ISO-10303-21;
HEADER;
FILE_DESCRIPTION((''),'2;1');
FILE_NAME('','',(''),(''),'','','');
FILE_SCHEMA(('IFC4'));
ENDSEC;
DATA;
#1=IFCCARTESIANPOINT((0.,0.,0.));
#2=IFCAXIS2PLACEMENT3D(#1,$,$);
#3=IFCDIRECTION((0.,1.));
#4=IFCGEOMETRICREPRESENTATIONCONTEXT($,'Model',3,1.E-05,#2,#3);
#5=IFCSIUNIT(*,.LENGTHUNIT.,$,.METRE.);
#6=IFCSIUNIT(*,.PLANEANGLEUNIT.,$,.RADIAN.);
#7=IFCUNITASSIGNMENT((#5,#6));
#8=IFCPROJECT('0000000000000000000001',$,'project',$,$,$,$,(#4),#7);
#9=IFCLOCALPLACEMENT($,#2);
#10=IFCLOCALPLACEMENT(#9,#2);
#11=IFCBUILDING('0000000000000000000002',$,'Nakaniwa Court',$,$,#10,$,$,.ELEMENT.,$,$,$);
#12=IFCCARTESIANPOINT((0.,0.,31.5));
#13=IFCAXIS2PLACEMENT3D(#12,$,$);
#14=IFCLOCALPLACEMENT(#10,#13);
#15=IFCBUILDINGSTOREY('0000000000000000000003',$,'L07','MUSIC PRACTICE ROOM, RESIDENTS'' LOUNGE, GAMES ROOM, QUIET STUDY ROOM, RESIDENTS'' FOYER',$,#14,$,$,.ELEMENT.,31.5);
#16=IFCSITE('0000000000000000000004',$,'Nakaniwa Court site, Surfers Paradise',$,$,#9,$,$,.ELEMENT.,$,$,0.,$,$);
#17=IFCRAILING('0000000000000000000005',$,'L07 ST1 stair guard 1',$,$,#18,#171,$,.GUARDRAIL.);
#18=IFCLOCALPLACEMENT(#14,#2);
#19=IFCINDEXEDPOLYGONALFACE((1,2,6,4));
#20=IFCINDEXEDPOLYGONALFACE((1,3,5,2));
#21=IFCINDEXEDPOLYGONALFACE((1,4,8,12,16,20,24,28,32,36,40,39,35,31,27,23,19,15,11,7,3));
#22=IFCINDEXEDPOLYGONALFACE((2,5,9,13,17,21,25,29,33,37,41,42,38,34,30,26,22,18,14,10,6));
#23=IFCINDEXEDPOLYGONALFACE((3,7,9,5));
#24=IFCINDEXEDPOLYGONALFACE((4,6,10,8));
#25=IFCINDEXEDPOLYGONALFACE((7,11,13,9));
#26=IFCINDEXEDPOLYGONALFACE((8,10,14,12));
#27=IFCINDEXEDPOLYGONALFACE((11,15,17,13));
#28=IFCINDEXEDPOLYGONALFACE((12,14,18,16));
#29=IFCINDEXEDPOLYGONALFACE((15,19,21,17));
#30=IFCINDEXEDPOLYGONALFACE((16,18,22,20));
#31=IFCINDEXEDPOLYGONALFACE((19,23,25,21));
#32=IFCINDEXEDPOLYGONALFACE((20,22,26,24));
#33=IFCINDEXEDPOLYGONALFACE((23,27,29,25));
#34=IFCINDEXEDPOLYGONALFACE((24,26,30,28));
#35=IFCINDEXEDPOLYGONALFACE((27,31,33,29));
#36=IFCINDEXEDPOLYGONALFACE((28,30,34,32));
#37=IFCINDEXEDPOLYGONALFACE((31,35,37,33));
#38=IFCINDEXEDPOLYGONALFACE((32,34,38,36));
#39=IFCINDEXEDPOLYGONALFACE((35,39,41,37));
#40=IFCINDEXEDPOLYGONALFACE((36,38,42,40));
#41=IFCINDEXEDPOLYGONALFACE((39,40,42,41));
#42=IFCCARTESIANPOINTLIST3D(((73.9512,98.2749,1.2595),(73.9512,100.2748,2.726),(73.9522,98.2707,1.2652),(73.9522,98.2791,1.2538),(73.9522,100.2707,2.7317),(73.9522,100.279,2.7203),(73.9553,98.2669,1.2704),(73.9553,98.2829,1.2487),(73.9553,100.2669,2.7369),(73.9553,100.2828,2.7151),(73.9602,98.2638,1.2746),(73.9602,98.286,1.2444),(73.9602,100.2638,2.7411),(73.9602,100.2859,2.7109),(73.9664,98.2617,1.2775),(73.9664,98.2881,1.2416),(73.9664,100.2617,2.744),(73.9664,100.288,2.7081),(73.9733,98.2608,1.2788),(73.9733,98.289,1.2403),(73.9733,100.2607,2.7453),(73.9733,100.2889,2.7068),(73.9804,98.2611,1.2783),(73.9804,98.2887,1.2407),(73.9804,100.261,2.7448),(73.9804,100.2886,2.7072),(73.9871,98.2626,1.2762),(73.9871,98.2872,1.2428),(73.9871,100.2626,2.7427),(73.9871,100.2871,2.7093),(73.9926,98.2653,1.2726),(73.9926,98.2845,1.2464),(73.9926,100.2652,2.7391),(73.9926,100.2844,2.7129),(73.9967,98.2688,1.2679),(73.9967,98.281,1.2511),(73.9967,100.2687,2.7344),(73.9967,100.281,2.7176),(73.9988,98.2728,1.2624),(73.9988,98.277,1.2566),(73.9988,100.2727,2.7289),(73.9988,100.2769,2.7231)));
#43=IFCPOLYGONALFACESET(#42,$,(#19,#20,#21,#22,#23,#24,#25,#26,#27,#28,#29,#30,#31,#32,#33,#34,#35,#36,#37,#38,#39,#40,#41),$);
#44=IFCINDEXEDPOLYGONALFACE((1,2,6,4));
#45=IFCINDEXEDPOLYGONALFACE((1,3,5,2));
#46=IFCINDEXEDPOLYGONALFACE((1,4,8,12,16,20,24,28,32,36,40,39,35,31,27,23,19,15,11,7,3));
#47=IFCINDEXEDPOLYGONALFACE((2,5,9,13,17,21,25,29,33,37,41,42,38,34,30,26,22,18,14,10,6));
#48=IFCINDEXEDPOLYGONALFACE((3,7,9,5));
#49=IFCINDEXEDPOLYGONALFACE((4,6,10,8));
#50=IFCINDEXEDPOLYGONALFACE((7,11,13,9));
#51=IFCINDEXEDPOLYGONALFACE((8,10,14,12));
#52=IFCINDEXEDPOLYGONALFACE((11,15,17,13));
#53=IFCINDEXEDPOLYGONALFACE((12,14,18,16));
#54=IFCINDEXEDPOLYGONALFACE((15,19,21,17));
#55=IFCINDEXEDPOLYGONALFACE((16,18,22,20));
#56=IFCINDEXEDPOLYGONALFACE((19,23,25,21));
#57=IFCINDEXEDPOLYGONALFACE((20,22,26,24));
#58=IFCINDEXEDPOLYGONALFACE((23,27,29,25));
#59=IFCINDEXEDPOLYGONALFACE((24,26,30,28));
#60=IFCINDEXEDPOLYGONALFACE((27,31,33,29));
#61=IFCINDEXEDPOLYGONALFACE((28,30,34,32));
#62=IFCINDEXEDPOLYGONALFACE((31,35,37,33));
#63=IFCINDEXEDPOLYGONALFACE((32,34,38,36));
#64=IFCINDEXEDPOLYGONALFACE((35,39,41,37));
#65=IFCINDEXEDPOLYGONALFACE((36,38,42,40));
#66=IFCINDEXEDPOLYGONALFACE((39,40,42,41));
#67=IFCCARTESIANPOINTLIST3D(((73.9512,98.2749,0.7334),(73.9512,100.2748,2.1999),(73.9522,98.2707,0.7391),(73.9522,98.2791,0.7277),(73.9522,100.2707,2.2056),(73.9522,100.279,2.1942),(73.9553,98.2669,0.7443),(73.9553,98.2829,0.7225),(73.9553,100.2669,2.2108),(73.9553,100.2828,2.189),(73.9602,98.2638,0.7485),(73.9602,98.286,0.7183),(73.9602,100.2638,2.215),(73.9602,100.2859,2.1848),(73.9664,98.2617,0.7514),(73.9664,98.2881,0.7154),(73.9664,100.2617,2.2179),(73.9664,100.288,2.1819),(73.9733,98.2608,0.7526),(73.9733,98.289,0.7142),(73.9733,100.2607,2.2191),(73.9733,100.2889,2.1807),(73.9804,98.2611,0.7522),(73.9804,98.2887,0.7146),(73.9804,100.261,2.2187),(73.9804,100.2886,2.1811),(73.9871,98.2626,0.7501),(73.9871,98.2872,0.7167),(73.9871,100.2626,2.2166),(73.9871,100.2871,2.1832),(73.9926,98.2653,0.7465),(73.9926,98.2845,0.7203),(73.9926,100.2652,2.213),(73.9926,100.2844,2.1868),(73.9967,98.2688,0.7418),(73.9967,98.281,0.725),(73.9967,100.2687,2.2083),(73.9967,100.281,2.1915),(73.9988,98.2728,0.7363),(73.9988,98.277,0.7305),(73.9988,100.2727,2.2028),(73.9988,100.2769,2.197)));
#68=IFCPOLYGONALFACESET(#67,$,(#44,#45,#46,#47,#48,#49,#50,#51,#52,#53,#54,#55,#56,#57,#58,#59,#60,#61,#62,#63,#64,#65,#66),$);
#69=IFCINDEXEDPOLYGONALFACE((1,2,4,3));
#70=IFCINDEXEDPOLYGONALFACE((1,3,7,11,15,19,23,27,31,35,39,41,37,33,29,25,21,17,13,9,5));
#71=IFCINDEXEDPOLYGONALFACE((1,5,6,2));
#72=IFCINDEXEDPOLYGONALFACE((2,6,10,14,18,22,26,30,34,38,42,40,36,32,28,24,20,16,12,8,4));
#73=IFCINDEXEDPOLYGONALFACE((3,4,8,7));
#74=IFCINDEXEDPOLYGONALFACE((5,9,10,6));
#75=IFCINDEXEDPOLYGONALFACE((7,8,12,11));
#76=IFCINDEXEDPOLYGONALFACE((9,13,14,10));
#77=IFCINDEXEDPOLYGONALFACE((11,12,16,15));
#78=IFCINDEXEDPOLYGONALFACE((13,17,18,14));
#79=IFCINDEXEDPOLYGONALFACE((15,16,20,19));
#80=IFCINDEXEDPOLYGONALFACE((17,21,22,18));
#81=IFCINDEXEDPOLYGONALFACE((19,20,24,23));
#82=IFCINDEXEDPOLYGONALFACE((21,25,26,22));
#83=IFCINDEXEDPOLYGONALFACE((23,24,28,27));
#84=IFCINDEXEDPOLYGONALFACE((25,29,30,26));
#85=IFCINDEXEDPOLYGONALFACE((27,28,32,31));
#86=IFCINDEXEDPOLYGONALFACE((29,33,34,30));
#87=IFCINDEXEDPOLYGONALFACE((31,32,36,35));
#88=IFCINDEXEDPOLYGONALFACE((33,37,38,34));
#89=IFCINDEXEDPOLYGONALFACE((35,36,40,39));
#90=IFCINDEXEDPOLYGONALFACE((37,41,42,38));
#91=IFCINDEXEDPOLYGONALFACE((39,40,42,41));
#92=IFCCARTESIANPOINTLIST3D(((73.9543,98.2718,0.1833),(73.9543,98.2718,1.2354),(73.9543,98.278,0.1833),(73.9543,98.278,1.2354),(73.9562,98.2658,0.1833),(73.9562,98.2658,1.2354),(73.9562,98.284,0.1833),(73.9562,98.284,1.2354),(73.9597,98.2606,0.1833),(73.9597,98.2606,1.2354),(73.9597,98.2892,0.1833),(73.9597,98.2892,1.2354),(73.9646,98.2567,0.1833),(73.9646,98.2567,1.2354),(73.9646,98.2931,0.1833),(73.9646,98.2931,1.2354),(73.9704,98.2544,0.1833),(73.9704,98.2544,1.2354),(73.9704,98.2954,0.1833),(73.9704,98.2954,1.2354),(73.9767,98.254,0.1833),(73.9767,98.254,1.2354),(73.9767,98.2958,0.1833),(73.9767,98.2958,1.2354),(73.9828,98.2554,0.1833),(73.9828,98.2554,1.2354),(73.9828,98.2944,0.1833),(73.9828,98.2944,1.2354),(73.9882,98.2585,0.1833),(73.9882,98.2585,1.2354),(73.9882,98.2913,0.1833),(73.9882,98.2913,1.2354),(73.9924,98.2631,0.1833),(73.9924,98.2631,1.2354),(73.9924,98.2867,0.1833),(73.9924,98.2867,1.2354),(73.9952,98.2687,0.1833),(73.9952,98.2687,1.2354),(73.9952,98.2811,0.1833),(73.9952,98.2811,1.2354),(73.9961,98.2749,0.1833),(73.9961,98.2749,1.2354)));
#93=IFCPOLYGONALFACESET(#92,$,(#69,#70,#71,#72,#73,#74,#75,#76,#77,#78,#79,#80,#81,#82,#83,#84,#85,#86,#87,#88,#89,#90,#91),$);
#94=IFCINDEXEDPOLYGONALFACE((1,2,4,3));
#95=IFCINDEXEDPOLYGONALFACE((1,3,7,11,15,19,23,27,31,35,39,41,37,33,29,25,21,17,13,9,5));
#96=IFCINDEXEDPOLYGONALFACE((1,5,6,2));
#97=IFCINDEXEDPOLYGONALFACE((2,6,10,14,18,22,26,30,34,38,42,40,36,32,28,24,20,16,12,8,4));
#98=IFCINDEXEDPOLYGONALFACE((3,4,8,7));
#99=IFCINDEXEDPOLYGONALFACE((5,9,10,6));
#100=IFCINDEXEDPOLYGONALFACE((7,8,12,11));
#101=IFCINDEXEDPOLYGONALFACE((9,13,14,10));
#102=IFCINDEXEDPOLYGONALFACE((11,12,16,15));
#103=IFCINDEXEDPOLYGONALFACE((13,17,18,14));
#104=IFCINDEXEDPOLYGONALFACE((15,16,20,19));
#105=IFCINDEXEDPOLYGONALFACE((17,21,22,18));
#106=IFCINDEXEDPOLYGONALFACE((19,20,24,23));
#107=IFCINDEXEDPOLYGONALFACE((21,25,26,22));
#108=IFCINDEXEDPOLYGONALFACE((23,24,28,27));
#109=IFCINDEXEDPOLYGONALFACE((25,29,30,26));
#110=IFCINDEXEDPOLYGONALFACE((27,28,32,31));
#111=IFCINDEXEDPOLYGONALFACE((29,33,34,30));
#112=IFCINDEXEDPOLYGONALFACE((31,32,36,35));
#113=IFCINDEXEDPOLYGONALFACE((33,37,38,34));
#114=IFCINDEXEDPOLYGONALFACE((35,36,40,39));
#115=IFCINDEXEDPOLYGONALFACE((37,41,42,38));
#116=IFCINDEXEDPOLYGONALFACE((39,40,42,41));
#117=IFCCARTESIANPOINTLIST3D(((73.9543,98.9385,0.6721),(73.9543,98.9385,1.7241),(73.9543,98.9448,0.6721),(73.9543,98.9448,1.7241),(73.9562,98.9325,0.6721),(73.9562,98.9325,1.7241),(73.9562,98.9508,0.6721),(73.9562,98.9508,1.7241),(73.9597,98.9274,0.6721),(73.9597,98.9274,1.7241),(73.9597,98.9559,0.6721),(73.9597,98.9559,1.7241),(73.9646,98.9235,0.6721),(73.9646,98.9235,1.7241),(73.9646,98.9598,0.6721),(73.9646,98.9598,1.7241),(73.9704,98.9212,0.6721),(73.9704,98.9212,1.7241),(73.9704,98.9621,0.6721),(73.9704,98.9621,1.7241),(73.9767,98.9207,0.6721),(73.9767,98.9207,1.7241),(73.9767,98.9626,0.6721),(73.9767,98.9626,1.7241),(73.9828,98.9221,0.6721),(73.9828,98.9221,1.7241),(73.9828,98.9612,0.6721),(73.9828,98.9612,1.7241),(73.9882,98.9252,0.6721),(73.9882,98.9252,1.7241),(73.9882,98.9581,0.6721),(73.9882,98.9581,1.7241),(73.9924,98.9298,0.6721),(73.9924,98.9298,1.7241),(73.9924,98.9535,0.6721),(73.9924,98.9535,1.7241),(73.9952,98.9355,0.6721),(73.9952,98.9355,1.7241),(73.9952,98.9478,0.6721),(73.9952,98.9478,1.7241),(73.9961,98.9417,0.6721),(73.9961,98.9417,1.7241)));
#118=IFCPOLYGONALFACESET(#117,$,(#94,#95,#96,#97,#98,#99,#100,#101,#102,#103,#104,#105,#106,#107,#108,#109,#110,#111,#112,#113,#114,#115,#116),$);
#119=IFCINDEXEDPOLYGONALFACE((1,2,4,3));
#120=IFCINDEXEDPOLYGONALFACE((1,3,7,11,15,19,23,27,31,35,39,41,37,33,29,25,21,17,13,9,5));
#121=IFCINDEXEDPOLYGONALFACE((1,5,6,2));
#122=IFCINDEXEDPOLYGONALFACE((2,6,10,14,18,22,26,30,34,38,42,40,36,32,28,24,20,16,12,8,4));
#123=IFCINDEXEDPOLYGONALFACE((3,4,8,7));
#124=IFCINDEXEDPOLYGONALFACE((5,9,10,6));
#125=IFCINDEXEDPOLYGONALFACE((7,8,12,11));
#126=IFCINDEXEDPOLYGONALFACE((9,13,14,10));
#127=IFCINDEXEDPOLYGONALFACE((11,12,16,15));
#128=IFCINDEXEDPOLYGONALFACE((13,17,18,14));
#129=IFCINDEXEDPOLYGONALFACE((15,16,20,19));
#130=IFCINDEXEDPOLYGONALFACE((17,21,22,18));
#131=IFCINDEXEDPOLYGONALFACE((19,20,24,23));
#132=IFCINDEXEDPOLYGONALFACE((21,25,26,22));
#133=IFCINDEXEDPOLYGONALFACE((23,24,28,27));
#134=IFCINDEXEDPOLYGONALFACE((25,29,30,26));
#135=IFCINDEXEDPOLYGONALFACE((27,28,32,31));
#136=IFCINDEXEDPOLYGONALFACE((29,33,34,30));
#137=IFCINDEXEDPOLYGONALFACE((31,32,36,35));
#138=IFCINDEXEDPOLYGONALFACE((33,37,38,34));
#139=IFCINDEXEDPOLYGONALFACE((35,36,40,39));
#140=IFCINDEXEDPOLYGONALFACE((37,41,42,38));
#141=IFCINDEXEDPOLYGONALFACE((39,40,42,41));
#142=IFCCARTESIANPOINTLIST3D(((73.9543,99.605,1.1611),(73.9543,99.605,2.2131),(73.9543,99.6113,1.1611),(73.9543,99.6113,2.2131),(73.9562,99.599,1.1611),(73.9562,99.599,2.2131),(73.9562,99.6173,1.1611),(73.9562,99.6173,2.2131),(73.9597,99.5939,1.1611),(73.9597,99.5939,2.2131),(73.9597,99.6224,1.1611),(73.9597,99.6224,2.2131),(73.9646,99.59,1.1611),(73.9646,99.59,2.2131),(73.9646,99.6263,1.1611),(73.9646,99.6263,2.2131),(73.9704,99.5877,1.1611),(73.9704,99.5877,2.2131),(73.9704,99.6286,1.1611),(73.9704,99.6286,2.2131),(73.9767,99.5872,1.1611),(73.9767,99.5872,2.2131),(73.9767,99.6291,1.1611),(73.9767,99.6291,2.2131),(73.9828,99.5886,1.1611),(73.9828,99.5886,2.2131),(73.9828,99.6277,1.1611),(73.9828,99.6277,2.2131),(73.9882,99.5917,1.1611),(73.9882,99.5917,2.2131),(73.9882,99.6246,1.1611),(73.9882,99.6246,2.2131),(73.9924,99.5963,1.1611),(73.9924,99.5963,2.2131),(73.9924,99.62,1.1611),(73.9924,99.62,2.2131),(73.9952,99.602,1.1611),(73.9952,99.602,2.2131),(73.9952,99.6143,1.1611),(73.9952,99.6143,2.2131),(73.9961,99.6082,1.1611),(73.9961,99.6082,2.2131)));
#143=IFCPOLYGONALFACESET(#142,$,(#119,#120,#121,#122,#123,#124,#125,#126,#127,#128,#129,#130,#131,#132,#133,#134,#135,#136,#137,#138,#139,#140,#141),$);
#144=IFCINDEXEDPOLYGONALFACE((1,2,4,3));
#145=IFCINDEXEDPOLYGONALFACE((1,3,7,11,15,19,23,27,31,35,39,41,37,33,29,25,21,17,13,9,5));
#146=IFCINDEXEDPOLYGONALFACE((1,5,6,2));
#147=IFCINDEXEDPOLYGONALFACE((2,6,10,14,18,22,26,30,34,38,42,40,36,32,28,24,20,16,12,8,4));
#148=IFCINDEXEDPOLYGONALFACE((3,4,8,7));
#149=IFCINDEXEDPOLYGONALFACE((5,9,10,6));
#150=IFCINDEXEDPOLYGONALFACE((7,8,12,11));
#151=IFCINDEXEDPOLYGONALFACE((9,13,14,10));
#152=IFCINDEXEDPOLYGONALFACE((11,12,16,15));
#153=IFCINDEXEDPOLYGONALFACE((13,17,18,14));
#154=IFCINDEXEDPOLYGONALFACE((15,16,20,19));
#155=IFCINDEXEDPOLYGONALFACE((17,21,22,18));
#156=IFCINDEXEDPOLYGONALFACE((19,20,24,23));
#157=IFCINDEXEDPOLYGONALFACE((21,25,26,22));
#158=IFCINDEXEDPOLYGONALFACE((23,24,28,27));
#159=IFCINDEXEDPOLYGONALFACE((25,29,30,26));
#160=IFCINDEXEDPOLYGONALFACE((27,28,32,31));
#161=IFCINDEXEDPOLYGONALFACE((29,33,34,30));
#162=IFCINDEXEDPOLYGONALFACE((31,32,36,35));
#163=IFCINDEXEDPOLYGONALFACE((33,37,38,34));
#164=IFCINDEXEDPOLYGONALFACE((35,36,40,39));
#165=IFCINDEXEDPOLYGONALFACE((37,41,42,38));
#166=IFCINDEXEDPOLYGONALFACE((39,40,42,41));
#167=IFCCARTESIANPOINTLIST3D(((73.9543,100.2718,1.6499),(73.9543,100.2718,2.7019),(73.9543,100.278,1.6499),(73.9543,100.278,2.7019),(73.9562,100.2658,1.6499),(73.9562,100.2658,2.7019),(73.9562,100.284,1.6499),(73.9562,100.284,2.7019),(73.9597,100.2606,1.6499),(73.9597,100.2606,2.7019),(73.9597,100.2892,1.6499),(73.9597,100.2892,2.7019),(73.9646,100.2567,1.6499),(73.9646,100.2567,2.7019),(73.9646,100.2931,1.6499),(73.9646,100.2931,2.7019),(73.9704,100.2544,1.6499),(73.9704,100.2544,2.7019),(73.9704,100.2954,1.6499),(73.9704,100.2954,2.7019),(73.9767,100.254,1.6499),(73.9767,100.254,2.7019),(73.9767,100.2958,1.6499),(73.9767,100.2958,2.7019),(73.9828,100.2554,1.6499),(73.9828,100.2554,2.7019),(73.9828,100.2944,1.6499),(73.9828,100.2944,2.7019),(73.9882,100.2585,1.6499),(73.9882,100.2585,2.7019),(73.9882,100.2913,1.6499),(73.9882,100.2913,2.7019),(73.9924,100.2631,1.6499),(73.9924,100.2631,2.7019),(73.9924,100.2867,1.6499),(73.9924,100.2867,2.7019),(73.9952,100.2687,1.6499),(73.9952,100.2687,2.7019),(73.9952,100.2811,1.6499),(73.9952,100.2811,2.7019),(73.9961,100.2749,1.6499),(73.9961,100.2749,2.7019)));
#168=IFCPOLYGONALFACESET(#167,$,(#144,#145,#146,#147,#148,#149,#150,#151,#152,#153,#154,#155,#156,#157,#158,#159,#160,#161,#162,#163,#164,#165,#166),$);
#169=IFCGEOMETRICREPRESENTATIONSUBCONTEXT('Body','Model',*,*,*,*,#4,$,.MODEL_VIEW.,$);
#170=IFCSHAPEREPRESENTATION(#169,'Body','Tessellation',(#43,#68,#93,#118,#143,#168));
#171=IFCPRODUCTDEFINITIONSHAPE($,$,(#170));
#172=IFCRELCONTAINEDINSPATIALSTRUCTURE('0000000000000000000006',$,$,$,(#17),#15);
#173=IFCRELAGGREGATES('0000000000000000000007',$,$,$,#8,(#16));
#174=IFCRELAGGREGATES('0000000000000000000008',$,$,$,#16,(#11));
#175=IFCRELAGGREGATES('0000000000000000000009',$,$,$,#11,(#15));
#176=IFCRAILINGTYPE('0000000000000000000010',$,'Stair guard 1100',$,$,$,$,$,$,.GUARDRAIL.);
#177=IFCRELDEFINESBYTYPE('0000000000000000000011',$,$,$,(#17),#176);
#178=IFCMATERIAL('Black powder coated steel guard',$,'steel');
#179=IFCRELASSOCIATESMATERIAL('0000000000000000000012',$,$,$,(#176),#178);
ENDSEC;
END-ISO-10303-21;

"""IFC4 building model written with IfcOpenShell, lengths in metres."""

from ifc_helpers import new_model, si_unit, direction, frame, origin, origin_2d, place, context, subcontext, project, spatial, circle, extrude, material, type_object, element, save


model = new_model("IFC4")

# Units and contexts
model_context = context("Model", 3, precision=1e-05, world=origin(), true_north=direction((0.0, 1.0)))
body_context = subcontext(model_context, "Body", "Model", "MODEL_VIEW")
ifc_project = project(units=[si_unit("LENGTHUNIT", "METRE"), si_unit("PLANEANGLEUNIT", "RADIAN")], contexts=[model_context])

# Site, building, storey
site_placement = place(None, origin())
site = spatial("IfcSite", under=ifc_project, at=site_placement, Name="Nakaniwa Court site, Surfers Paradise", CompositionType="ELEMENT", RefElevation=0.0)
building_placement = place(site_placement, origin())
building = spatial("IfcBuilding", under=site, at=building_placement, Name="Nakaniwa Court", CompositionType="ELEMENT")
storey_placement = place(building_placement, frame((0.0, 0.0, 31.5)))
storey = spatial("IfcBuildingStorey", under=building, at=storey_placement, Name="L07", Description="MUSIC PRACTICE ROOM, RESIDENTS' LOUNGE, GAMES ROOM, QUIET STUDY ROOM, RESIDENTS' FOYER", CompositionType="ELEMENT", Elevation=31.5)

# Railing
ifc_material_1 = material(Name="Black powder coated steel guard", Category="steel")
railing_type_1 = type_object("IfcRailingType", Name="Stair guard 1100", PredefinedType="GUARDRAIL", material=ifc_material_1)
railing_1_placement = place(storey_placement, frame((73.9751, 98.2749, 0.1833)))
element("IfcRailing", 1, at=railing_1_placement, inside=storey, type_object=railing_type_1, Name="L07 ST1 stair guard 1", PredefinedType="GUARDRAIL", context=body_context, shape_type="SweptSolid", body=[
    extrude(circle(Radius=0.0239, at=origin_2d()), frame((0.0, 0.0, 1.0762), z_axis=(0.0, 0.806427, 0.591334), x_axis=(-1.0, 0.0, 0.0)), (0.0, 0.0, 1.0), 2.48),
    extrude(circle(Radius=0.0239, at=origin_2d()), frame((0.0, 0.0, 0.55), z_axis=(0.0, 0.806427, 0.591334), x_axis=(-1.0, 0.0, 0.0)), (0.0, 0.0, 1.0), 2.48),
    extrude(circle(Radius=0.021, at=origin_2d()), origin(), (0.0, 0.0, 1.0), 1.052),
    extrude(circle(Radius=0.021, at=origin_2d()), frame((0.0, 0.6667, 0.4888)), (0.0, 0.0, 1.0), 1.052),
    extrude(circle(Radius=0.021, at=origin_2d()), frame((0.0, 1.3333, 0.9778)), (0.0, 0.0, 1.0), 1.052),
    extrude(circle(Radius=0.021, at=origin_2d()), frame((0.0, 2.0, 1.4666)), (0.0, 0.0, 1.0), 1.052),
])

save(model, "model.ifc")
